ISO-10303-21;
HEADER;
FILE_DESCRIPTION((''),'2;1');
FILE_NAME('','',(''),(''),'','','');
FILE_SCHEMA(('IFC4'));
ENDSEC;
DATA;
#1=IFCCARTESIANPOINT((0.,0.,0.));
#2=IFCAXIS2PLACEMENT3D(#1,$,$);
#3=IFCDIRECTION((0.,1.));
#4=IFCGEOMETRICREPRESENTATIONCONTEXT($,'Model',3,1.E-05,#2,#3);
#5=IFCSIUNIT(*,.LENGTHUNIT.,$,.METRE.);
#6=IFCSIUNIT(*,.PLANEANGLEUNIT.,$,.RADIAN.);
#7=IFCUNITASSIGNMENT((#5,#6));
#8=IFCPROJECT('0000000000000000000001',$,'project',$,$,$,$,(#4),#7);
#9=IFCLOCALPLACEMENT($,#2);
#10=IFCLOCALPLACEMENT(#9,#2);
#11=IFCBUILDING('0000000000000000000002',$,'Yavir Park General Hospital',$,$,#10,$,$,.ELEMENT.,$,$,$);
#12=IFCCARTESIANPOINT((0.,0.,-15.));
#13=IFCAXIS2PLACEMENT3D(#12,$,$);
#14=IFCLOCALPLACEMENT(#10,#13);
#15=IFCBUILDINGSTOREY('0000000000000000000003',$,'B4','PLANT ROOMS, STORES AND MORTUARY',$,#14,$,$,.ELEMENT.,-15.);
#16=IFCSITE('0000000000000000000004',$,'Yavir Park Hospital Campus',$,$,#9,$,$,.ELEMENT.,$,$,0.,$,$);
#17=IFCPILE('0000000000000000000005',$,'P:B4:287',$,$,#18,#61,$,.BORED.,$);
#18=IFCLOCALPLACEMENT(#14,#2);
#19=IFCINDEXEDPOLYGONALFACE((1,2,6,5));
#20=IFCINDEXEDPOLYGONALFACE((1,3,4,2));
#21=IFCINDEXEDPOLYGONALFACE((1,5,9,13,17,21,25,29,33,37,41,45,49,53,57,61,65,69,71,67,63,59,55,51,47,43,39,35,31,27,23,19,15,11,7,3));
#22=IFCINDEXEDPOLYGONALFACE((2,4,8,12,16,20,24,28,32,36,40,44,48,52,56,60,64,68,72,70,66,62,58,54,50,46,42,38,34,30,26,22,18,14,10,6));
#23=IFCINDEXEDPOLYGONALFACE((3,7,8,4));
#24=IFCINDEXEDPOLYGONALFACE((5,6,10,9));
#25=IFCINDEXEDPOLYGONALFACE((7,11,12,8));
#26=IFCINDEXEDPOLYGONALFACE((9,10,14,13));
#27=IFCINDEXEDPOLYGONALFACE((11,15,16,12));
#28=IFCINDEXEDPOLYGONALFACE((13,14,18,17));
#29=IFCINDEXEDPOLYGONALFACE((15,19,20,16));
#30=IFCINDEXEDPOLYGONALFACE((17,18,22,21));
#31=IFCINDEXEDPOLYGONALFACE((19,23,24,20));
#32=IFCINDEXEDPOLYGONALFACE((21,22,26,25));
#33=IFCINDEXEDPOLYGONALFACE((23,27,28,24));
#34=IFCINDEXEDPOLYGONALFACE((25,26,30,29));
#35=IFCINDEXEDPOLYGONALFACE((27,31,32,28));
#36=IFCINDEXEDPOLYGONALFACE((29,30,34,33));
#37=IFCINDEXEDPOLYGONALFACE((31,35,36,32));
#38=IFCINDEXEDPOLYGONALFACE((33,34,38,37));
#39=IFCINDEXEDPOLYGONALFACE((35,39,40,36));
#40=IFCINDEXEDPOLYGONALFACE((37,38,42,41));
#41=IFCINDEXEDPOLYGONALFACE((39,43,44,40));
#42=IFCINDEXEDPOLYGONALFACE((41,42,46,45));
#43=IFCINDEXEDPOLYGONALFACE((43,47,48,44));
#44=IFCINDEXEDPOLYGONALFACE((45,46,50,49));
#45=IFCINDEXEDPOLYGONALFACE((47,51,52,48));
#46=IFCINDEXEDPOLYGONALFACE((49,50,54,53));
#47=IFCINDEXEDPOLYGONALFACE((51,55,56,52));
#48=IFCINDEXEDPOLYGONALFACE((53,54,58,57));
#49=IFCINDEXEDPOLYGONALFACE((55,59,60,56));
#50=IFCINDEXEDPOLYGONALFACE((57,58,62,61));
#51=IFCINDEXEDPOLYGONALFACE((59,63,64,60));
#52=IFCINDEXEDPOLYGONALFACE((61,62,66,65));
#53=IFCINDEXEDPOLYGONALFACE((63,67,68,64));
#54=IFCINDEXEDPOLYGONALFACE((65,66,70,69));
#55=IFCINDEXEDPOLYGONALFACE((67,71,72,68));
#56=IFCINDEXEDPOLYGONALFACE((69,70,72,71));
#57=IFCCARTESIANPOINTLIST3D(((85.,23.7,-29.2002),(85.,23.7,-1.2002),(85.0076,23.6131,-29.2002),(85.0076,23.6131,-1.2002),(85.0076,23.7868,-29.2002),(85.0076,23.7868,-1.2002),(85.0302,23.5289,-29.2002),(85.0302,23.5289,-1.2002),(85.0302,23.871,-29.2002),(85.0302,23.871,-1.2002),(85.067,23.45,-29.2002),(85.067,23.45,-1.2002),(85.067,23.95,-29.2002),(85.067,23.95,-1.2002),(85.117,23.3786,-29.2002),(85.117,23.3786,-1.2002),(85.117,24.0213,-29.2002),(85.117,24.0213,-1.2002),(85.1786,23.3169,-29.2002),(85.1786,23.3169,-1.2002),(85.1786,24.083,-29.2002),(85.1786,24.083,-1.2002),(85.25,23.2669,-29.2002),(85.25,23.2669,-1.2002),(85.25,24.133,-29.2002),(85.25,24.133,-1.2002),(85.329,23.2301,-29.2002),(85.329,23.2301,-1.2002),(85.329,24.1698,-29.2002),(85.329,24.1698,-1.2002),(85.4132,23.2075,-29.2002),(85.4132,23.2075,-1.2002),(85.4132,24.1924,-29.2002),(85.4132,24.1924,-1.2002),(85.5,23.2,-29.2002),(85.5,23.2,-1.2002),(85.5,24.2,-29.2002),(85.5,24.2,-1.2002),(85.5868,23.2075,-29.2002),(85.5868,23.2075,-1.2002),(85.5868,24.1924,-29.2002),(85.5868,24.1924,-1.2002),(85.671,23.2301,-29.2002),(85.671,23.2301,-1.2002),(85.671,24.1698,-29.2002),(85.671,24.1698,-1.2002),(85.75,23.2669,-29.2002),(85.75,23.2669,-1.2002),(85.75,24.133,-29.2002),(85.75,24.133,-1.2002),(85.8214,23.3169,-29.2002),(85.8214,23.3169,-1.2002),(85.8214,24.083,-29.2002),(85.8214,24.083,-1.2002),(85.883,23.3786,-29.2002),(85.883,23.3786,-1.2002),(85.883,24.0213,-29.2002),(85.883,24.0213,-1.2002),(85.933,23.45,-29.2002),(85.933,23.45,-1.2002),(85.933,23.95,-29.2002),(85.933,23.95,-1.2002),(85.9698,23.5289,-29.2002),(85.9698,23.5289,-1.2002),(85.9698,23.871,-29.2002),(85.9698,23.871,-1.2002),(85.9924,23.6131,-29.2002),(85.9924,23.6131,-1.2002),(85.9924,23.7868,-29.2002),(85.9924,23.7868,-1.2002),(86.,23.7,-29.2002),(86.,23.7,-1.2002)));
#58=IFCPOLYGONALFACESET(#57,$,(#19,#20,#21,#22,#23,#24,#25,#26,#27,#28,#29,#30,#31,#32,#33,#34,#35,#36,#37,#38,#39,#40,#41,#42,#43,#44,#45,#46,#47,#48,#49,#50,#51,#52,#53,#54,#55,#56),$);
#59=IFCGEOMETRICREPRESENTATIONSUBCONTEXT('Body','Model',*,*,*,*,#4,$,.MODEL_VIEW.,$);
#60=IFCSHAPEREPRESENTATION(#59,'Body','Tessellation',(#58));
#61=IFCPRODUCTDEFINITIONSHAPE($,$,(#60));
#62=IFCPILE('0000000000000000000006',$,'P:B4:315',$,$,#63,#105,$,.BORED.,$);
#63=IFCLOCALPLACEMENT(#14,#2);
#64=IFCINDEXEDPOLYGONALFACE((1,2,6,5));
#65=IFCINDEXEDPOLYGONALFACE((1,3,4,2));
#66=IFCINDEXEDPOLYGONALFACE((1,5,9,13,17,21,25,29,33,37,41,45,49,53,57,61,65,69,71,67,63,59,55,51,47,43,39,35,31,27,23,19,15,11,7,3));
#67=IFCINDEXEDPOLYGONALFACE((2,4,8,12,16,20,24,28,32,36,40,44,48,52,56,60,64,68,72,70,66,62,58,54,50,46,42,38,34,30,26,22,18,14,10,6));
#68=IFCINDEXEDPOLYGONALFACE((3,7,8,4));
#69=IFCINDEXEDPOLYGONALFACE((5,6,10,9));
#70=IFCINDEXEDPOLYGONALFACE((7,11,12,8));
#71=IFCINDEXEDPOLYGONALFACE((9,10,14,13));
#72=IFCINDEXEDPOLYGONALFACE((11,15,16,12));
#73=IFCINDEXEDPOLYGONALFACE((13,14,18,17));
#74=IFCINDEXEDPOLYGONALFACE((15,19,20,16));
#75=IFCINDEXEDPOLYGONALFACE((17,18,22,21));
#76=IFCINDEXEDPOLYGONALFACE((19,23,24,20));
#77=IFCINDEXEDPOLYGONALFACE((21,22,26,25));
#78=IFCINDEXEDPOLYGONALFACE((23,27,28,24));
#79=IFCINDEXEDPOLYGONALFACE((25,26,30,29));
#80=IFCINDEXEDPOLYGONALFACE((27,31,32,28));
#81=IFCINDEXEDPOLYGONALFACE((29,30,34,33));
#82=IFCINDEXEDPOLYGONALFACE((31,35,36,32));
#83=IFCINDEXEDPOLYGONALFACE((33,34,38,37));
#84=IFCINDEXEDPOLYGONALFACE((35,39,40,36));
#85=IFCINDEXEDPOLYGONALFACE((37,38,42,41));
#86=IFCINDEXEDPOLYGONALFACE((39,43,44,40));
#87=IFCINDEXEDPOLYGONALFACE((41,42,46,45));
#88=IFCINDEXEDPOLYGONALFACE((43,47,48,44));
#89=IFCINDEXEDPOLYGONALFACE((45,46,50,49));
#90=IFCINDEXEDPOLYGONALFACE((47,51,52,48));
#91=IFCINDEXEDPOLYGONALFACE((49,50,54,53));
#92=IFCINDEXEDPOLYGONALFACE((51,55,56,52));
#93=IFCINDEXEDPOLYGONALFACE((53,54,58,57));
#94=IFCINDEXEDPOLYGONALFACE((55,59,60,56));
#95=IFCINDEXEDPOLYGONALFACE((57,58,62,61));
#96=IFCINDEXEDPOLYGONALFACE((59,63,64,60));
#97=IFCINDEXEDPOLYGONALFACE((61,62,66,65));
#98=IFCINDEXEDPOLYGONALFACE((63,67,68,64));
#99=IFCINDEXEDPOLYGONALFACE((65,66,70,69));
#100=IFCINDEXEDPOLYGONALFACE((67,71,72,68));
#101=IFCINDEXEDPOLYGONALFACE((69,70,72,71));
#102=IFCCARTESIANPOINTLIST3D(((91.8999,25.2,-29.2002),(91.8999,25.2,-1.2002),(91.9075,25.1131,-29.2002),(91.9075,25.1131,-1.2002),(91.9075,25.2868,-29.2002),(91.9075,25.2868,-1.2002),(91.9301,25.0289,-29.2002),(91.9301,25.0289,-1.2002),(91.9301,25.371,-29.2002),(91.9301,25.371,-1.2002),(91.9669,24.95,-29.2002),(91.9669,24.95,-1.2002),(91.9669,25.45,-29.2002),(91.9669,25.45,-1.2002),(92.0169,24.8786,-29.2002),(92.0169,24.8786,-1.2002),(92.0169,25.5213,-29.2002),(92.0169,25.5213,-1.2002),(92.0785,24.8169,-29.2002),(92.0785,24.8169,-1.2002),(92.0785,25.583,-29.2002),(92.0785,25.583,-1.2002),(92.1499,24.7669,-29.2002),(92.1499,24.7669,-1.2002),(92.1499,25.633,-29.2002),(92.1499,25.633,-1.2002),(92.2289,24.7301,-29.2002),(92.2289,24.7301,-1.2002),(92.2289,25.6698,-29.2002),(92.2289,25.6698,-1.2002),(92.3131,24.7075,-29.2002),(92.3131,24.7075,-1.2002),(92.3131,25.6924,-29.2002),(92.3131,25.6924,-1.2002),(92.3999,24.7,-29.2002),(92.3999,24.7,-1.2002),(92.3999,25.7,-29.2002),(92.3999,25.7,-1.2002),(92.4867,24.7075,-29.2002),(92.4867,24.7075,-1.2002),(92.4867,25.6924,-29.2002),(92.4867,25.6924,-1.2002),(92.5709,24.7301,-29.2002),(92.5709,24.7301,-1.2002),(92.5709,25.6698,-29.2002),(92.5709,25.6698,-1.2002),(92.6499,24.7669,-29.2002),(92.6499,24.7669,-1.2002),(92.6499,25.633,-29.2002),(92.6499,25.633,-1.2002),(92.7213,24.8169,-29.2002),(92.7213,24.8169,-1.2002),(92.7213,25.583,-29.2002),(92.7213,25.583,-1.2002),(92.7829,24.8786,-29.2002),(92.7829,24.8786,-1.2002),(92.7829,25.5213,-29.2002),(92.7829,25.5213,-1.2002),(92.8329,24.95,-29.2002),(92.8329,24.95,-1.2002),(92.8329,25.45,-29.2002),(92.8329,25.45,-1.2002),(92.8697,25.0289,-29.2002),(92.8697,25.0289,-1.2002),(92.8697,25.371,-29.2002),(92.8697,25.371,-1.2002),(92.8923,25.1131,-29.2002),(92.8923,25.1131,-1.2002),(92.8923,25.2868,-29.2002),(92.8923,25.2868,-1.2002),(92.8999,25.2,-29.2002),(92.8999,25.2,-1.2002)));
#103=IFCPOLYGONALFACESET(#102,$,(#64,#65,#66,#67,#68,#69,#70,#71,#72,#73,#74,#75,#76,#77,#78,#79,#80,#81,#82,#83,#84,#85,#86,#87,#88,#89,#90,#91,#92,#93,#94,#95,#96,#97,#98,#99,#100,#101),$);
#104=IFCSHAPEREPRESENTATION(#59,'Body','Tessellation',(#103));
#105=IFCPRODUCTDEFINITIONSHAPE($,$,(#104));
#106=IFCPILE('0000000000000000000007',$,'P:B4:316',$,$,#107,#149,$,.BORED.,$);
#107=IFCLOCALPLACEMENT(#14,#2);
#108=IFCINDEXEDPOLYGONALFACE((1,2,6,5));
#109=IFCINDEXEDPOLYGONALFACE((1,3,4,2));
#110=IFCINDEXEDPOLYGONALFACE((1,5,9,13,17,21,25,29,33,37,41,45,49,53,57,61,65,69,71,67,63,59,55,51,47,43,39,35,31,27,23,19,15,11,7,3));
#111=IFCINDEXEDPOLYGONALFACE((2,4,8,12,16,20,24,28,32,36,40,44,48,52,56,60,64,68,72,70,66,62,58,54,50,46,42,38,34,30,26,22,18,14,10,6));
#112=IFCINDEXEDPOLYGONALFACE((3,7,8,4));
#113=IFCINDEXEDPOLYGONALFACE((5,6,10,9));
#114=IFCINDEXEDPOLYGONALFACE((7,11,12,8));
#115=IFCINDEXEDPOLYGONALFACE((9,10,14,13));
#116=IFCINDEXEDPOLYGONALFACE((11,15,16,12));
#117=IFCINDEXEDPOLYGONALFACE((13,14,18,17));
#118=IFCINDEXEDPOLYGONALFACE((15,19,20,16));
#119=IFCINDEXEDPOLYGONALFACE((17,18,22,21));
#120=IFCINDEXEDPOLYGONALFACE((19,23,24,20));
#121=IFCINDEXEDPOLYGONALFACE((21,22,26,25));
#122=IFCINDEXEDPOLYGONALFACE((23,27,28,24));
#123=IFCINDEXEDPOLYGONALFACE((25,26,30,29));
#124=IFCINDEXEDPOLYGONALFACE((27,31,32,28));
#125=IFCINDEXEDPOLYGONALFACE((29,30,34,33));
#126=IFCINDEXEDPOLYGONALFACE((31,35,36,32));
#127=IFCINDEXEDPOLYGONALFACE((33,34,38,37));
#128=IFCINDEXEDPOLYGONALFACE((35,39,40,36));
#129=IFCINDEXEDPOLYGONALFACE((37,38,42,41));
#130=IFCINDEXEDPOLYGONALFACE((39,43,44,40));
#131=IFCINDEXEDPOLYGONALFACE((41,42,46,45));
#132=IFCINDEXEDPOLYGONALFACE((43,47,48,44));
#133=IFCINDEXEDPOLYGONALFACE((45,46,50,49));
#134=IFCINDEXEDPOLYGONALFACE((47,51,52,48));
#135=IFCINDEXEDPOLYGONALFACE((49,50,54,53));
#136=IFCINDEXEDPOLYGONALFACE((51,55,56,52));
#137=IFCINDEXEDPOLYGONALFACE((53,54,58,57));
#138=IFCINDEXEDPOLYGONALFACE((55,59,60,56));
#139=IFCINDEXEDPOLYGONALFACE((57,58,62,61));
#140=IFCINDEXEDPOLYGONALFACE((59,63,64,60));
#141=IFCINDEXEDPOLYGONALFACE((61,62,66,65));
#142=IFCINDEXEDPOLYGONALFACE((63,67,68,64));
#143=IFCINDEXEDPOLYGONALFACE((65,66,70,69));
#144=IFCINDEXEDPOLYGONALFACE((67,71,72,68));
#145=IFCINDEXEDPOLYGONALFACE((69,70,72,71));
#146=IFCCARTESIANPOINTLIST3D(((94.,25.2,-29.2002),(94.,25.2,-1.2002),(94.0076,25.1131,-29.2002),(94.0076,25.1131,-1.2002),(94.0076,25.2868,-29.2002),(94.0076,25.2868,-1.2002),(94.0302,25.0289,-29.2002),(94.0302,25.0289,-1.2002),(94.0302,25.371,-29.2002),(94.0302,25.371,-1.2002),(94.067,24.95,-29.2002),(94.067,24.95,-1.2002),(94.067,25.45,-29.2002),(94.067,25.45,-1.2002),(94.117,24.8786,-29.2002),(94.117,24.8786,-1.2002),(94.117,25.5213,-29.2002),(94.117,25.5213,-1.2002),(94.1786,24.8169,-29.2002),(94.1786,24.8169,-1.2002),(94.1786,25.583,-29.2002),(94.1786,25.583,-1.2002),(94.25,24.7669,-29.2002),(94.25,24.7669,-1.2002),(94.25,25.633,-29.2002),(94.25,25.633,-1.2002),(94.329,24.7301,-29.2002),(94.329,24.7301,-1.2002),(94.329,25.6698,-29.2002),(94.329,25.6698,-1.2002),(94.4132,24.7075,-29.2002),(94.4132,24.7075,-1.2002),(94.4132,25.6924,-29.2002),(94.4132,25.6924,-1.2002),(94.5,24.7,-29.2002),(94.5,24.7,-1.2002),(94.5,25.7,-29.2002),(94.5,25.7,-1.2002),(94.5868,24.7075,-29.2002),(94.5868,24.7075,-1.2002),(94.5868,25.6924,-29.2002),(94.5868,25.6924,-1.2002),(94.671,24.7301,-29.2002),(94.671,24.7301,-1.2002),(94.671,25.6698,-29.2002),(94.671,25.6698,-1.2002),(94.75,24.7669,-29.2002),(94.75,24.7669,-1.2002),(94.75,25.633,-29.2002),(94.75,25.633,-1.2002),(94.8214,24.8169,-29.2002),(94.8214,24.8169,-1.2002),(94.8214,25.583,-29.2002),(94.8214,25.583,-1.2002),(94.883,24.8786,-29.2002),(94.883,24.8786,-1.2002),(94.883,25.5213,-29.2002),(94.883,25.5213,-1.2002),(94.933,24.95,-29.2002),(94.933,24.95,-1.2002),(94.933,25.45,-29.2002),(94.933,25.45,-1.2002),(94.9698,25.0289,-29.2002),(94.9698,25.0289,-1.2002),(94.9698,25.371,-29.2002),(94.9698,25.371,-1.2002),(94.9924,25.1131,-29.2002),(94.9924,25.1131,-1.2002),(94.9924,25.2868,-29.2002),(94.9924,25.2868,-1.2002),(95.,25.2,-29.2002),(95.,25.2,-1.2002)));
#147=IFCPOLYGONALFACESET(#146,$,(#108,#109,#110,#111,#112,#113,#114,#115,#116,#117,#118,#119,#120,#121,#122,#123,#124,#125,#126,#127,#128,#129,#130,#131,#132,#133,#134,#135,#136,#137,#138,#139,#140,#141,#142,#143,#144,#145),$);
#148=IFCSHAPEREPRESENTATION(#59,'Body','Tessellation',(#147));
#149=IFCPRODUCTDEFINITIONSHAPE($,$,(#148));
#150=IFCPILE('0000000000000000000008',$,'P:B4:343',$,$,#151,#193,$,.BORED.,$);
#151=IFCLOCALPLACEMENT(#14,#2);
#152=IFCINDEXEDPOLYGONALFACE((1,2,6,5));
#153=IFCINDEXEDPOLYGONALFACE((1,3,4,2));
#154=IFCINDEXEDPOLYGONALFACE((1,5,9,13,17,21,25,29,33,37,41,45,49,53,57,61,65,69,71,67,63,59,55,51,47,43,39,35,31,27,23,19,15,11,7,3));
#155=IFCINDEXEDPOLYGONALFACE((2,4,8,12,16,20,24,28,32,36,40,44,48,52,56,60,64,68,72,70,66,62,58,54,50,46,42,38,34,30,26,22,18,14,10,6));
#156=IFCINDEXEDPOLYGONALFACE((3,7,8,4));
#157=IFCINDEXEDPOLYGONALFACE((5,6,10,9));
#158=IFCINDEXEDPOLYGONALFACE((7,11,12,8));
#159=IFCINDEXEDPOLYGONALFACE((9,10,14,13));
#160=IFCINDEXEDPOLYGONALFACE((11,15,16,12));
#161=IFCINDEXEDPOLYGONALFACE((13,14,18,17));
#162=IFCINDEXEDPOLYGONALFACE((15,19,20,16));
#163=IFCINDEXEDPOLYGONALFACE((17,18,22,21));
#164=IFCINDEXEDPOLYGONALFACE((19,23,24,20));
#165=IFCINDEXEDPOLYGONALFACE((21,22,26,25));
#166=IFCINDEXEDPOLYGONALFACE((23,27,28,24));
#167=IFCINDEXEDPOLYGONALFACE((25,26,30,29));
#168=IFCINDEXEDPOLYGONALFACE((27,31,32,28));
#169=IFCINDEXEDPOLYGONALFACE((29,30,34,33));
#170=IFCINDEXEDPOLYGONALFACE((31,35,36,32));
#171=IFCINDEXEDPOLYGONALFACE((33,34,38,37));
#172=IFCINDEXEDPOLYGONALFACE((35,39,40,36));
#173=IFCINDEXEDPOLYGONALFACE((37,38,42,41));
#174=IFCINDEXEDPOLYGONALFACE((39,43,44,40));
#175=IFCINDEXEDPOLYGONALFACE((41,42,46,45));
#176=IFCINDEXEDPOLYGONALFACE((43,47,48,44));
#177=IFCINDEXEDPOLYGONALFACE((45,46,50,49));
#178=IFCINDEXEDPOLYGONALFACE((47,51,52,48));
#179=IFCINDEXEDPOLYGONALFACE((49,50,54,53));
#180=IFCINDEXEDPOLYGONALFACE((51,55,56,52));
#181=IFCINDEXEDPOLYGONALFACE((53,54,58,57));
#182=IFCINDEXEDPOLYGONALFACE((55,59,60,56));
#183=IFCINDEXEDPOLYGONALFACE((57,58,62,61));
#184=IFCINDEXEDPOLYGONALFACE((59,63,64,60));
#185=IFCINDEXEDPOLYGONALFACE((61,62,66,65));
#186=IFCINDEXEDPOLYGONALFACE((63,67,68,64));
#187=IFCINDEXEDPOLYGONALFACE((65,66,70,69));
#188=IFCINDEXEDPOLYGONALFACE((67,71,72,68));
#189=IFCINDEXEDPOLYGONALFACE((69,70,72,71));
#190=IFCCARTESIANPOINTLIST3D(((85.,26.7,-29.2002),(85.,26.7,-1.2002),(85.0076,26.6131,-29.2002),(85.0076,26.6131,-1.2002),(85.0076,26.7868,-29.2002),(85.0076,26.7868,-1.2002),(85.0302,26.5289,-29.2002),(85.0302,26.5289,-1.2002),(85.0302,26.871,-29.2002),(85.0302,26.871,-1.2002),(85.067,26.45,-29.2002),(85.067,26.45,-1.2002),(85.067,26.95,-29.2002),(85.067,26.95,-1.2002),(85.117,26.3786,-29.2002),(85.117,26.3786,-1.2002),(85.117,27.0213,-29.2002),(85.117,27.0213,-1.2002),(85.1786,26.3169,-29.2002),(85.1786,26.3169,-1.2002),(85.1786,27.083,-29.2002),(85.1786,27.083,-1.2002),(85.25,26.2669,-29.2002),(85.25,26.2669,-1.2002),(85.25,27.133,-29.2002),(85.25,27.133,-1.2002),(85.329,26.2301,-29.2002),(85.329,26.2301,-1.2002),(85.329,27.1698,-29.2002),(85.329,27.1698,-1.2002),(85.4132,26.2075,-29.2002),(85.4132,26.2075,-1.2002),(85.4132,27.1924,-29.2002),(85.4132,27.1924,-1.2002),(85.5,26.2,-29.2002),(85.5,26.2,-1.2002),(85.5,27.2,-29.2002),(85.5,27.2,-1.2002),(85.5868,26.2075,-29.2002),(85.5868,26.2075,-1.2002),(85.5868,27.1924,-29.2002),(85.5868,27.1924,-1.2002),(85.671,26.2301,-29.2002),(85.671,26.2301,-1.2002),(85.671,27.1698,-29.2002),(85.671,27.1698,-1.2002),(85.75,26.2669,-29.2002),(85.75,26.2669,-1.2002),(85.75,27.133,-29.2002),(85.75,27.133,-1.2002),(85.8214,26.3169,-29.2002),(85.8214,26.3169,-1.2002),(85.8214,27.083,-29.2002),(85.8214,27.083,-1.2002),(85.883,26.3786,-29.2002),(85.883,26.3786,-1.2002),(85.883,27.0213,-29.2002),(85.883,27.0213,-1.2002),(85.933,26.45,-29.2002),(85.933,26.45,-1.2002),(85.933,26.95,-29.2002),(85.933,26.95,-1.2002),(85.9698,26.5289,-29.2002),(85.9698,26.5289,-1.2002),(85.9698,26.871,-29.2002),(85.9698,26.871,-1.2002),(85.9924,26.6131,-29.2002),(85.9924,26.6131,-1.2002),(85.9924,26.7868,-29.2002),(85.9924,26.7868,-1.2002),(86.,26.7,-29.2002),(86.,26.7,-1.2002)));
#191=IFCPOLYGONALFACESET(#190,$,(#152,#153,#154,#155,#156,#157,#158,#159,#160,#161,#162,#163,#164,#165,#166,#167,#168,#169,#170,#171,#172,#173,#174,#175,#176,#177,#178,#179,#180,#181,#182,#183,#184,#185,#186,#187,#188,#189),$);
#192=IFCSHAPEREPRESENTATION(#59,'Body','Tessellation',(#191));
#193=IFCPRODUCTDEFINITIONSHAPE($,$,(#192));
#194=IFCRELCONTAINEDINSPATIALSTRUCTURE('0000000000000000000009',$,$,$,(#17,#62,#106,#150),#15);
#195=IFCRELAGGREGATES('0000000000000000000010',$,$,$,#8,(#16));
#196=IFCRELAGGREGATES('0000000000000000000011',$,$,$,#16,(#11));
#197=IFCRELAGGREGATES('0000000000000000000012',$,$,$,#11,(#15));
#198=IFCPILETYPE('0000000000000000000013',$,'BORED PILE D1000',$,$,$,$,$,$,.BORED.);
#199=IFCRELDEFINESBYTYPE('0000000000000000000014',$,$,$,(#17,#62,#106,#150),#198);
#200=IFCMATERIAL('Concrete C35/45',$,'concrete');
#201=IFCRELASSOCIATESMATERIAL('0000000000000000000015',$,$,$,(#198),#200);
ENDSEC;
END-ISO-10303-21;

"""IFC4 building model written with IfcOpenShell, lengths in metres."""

from ifc_helpers import new_model, si_unit, direction, frame, origin, origin_2d, place, context, subcontext, project, spatial, circle, extrude, material, material_profile, profile_set, type_object, element, save


model = new_model("IFC4")

# Units and contexts
model_context = context("Model", 3, precision=1e-05, world=origin(), true_north=direction((0.0, 1.0)))
body_context = subcontext(model_context, "Body", "Model", "MODEL_VIEW")
ifc_project = project(units=[si_unit("LENGTHUNIT", "METRE"), si_unit("PLANEANGLEUNIT", "RADIAN")], contexts=[model_context])

# Site, building, storey
site_placement = place(None, origin())
site = spatial("IfcSite", under=ifc_project, at=site_placement, Name="Yavir Park Hospital Campus", CompositionType="ELEMENT", RefElevation=0.0)
building_placement = place(site_placement, origin())
building = spatial("IfcBuilding", under=site, at=building_placement, Name="Yavir Park General Hospital", CompositionType="ELEMENT")
storey_placement = place(building_placement, frame((0.0, 0.0, -15.0)))
storey = spatial("IfcBuildingStorey", under=building, at=storey_placement, Name="B4", Description="PLANT ROOMS, STORES AND MORTUARY", CompositionType="ELEMENT", Elevation=-15.0)

# Piles
ifc_material_1 = material(Name="Concrete C35/45", Category="concrete")
ifc_material_profile_1 = material_profile(ifc_material_1, circle(Radius=0.5, at=origin_2d()), Name="D1000")
ifc_profile_set_1 = profile_set([ifc_material_profile_1], Name="Concrete C35/45")
pile_type_1 = type_object("IfcPileType", Name="BORED PILE D1000", PredefinedType="BORED", material=ifc_profile_set_1)
for number, where, z_axis, x_axis, name in (
    (1, (85.5, 23.7, -1.2002), (0.0, 0.0, -1.0), (1.0, 0.0, 0.0), "P:B4:287"),
    (2, (92.3999, 25.2, -1.2002), (0.0, 0.0, -1.0), (1.0, 0.0, 0.0), "P:B4:315"),
    (3, (94.5, 25.2, -1.2002), (0.0, 0.0, -1.0), (1.0, 0.0, 0.0), "P:B4:316"),
    (4, (85.5, 26.7, -1.2002), (0.0, 0.0, -1.0), (1.0, 0.0, 0.0), "P:B4:343"),
):
    element("IfcPile", number, at=place(storey_placement, frame(where, z_axis=z_axis, x_axis=x_axis)), inside=storey, type_object=pile_type_1, Name=name, PredefinedType="BORED", context=body_context, shape_type="SweptSolid", body=[
        extrude(circle(Radius=0.5, at=origin_2d()), origin(), (0.0, 0.0, 1.0), 28.0),
    ])

save(model, "model.ifc")
